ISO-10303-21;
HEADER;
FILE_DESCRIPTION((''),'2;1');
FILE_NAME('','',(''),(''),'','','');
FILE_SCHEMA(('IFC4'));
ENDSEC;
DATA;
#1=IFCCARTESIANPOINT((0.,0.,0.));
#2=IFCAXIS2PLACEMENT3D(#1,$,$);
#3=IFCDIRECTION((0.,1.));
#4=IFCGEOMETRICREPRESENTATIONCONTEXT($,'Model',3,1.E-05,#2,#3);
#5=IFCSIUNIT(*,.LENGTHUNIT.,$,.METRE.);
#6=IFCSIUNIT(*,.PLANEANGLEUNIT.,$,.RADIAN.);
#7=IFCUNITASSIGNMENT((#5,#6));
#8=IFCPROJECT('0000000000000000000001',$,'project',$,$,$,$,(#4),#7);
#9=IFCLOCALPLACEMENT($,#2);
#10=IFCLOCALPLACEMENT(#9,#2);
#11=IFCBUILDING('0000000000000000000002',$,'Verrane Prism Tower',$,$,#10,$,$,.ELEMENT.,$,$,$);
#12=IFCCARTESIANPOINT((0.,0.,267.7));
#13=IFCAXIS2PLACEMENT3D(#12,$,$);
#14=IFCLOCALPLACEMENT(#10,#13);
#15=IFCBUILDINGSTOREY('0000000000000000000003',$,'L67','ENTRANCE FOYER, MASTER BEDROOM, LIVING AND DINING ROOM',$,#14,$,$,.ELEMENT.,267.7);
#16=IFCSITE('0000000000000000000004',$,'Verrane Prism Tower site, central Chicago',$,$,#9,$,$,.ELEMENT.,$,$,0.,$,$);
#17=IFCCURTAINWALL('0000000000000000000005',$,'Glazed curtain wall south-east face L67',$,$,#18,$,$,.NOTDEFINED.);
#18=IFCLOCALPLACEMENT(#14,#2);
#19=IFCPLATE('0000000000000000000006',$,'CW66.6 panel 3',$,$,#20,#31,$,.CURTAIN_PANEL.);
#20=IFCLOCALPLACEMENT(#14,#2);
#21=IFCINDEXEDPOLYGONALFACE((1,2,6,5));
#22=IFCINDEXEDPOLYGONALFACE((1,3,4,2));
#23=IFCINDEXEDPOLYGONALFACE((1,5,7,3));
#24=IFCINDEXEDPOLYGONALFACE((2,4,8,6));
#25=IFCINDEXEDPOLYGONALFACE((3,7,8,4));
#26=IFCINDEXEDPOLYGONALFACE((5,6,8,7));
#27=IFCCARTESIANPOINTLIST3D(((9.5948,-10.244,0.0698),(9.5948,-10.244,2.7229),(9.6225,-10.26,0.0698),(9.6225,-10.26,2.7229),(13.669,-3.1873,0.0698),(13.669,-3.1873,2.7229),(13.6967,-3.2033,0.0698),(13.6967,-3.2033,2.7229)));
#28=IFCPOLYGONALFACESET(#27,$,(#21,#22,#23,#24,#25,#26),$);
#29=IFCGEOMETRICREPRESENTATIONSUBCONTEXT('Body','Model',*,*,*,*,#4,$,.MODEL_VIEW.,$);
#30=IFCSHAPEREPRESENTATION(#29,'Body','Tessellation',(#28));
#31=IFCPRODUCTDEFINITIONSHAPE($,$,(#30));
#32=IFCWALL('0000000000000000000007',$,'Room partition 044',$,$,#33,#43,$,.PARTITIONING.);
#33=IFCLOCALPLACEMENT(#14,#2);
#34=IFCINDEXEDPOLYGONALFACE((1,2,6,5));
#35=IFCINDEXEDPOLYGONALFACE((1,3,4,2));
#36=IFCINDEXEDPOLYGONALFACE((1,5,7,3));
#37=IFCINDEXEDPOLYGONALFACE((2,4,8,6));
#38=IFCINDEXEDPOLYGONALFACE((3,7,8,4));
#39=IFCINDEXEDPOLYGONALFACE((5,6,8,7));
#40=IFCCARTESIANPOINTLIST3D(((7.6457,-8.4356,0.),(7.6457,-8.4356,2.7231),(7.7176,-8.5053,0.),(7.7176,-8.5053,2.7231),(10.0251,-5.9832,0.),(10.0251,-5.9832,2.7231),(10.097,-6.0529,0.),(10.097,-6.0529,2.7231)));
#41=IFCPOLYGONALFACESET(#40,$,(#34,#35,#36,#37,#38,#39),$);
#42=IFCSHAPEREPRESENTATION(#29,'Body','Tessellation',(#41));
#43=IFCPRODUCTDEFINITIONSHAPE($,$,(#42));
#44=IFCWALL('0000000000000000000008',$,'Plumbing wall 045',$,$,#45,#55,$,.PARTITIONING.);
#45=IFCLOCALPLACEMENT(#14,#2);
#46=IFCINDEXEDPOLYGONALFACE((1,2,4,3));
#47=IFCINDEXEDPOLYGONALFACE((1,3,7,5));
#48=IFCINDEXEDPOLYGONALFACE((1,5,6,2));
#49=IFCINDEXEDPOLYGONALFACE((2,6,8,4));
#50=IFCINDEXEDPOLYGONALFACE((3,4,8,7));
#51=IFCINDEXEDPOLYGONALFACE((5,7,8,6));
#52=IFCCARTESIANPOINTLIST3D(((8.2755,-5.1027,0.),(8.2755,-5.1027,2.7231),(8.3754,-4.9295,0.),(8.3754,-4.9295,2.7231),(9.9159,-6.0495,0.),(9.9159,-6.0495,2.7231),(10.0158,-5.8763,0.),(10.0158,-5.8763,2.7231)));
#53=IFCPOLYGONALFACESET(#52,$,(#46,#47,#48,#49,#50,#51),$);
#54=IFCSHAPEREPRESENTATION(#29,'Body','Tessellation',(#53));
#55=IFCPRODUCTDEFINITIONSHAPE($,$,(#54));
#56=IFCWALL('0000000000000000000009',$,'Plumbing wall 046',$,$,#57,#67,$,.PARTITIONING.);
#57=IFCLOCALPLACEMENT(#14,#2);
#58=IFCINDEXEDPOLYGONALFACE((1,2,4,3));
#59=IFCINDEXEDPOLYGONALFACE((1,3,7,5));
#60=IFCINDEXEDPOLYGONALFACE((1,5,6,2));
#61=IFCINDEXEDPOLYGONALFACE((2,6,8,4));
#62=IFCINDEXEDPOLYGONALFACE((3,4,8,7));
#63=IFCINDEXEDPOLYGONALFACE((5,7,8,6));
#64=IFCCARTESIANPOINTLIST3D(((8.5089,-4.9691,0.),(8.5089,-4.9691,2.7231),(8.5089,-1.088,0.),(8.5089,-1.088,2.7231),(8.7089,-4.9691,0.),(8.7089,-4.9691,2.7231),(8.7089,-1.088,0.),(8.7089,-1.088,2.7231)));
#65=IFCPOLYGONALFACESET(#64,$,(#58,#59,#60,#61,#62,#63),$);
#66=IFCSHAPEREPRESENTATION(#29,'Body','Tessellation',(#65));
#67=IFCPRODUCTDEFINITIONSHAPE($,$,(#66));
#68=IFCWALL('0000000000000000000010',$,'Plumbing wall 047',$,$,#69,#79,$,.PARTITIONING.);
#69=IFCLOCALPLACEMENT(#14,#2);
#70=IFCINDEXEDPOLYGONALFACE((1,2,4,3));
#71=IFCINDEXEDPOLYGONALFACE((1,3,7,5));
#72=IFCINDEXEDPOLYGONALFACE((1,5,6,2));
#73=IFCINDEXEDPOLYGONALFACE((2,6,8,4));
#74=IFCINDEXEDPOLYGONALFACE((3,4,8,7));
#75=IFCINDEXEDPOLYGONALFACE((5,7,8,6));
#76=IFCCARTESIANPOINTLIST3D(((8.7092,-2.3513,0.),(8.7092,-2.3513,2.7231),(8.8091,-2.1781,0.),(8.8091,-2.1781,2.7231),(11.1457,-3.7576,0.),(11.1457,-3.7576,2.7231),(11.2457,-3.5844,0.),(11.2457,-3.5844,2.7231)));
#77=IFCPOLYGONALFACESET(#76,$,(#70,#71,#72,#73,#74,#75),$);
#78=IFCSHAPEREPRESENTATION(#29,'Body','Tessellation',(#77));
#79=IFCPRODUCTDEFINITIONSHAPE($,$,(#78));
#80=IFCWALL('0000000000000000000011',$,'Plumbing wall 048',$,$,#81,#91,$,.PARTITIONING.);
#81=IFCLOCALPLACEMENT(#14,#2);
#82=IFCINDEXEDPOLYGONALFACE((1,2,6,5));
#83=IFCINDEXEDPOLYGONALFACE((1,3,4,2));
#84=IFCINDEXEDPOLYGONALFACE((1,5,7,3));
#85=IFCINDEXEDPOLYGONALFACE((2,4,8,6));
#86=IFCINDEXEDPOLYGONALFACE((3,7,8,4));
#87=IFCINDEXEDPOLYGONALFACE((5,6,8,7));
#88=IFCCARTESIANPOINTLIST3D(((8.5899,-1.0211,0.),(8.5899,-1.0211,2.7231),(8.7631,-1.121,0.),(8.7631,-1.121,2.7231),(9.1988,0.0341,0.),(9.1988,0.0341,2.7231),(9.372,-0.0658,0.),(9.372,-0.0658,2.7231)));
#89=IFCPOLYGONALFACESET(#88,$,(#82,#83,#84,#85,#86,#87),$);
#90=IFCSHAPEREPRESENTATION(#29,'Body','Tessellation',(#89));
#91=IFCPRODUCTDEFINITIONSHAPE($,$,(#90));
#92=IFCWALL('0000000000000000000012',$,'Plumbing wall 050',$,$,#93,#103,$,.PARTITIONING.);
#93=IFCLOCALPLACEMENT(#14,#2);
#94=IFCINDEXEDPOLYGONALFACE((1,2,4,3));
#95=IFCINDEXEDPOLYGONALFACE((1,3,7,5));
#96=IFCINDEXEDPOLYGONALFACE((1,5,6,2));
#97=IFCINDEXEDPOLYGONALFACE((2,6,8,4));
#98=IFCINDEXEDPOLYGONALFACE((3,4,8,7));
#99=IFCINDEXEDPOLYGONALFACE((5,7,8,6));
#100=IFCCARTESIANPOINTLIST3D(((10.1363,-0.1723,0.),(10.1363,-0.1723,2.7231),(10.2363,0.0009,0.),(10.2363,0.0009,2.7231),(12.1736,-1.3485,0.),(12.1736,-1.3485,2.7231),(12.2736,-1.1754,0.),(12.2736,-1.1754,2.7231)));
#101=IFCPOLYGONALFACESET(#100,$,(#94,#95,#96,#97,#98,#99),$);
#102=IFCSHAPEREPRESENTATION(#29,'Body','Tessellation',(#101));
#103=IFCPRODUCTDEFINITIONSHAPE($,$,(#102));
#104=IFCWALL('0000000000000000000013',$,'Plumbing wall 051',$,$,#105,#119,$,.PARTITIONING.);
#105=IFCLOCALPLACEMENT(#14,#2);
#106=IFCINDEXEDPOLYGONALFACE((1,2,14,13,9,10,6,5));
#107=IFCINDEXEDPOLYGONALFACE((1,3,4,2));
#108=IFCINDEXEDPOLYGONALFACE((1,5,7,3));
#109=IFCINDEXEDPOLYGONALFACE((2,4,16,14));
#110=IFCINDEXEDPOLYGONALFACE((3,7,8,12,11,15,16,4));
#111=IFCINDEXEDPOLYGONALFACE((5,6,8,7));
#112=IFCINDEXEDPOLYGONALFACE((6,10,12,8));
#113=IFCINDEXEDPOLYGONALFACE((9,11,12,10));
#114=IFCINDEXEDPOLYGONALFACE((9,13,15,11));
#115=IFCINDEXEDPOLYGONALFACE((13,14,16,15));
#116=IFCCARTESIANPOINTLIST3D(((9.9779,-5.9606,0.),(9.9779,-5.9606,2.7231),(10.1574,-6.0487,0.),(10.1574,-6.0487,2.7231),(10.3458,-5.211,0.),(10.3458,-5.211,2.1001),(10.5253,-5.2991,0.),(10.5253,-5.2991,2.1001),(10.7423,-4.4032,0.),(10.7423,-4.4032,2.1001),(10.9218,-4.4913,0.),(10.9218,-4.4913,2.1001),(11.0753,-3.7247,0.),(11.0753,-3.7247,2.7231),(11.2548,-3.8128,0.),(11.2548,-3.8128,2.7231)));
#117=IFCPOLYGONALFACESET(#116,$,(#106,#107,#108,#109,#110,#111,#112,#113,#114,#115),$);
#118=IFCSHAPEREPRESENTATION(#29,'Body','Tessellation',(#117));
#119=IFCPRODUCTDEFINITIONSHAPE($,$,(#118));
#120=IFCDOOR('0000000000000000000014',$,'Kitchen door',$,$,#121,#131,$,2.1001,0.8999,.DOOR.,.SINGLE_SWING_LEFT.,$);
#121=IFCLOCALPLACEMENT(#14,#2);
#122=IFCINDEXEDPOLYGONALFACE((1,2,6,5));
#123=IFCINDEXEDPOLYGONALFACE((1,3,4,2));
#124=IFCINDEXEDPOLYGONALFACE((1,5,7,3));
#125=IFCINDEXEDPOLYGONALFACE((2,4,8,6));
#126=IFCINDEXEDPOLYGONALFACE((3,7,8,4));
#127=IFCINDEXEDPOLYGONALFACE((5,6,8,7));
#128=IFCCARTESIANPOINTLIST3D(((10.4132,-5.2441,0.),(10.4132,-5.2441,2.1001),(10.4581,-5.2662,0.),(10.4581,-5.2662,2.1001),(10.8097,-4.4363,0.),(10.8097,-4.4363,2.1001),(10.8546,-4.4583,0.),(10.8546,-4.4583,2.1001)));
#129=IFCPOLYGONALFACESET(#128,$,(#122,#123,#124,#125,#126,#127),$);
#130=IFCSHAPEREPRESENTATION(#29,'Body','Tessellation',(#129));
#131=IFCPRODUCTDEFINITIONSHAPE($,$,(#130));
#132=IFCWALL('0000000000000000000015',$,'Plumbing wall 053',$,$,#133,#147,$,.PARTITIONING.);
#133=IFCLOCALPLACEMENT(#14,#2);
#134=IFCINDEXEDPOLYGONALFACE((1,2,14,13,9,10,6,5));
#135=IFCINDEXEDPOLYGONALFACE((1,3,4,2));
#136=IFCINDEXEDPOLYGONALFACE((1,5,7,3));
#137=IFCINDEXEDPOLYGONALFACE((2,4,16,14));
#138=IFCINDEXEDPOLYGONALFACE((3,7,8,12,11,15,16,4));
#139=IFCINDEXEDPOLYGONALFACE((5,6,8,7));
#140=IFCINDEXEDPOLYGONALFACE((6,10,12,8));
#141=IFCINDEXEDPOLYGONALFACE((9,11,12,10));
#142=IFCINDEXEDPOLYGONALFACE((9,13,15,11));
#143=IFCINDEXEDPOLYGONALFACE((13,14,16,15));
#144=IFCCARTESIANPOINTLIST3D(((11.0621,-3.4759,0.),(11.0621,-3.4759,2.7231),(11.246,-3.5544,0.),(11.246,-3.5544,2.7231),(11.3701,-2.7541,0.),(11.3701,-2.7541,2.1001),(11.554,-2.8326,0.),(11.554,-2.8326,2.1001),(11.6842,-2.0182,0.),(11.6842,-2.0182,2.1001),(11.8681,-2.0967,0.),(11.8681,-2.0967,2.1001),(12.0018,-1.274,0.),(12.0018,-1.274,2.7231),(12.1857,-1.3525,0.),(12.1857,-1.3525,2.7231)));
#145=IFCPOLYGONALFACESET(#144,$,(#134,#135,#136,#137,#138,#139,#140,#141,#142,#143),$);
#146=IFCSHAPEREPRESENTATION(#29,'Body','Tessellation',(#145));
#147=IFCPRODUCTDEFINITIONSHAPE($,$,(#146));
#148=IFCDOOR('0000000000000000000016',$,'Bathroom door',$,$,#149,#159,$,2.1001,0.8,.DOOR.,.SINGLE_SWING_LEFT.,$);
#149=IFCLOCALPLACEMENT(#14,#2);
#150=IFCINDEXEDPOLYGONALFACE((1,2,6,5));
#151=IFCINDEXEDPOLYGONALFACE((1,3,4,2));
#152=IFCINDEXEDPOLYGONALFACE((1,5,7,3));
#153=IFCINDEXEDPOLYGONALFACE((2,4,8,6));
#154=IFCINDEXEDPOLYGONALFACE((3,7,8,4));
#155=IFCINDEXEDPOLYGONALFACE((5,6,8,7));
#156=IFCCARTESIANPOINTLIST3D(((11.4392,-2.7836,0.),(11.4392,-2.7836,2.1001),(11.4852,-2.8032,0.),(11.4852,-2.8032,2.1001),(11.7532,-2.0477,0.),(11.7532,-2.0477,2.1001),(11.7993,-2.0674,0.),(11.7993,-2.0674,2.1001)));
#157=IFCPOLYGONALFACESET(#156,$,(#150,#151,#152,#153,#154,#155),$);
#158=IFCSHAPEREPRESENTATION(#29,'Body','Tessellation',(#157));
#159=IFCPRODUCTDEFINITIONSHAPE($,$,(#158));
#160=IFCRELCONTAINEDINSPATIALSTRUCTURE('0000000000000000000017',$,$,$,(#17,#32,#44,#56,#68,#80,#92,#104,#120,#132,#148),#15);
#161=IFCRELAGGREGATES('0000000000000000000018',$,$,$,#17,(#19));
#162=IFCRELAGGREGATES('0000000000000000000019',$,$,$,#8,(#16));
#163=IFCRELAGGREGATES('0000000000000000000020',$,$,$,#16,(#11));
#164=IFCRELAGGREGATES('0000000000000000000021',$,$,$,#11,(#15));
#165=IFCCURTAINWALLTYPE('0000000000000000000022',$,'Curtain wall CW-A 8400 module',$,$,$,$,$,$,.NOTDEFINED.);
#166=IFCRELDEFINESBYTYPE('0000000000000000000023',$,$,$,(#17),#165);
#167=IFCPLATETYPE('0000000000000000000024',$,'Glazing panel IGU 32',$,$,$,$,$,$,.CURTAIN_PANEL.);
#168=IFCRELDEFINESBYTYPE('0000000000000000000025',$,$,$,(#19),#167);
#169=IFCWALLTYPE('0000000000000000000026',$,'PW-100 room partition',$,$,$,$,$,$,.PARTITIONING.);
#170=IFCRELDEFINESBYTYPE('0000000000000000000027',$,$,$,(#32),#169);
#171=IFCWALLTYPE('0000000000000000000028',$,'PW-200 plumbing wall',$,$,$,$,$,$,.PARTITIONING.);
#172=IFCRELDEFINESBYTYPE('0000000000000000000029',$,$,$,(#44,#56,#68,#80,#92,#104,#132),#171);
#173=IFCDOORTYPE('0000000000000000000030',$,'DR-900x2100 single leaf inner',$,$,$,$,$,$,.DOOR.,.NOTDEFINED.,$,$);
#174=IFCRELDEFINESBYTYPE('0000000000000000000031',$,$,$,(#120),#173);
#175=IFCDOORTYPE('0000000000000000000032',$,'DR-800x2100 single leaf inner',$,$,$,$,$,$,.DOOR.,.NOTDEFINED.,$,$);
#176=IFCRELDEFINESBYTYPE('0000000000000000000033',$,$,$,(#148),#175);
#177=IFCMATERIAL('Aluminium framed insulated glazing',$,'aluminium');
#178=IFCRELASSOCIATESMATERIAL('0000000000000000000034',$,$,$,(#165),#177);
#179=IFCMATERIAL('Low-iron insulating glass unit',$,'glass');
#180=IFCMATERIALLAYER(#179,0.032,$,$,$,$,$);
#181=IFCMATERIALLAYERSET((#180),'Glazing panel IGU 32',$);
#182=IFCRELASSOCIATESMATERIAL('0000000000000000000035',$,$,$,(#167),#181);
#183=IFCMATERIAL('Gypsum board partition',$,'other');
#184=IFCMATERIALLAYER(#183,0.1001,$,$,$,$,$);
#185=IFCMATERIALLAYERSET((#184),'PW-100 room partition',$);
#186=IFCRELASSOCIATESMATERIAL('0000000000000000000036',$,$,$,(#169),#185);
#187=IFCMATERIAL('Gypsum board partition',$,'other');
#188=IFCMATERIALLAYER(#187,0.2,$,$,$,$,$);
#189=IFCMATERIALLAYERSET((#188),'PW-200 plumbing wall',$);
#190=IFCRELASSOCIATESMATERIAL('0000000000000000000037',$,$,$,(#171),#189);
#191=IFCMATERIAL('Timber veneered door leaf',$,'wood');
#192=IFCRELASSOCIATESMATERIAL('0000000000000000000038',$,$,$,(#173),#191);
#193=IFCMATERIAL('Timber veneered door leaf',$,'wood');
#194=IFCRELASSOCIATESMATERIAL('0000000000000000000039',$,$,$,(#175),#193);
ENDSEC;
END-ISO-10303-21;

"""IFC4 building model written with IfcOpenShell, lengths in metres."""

from ifc_helpers import new_model, si_unit, direction, frame, frame_2d, origin, origin_2d, place, context, subcontext, project, spatial, rectangle, extrude, material, layer, layer_set, type_object, element, fill, aggregate, save


model = new_model("IFC4")

# Units and contexts
model_context = context("Model", 3, precision=1e-05, world=origin(), true_north=direction((0.0, 1.0)))
body_context = subcontext(model_context, "Body", "Model", "MODEL_VIEW")
ifc_project = project(units=[si_unit("LENGTHUNIT", "METRE"), si_unit("PLANEANGLEUNIT", "RADIAN")], contexts=[model_context])

# Site, building, storey
site_placement = place(None, origin())
site = spatial("IfcSite", under=ifc_project, at=site_placement, Name="Verrane Prism Tower site, central Chicago", CompositionType="ELEMENT", RefElevation=0.0)
building_placement = place(site_placement, origin())
building = spatial("IfcBuilding", under=site, at=building_placement, Name="Verrane Prism Tower", CompositionType="ELEMENT")
storey_placement = place(building_placement, frame((0.0, 0.0, 267.7)))
storey = spatial("IfcBuildingStorey", under=building, at=storey_placement, Name="L67", Description="ENTRANCE FOYER, MASTER BEDROOM, LIVING AND DINING ROOM", CompositionType="ELEMENT", Elevation=267.7)

# Curtain wall
ifc_material_1 = material(Name="Aluminium framed insulated glazing", Category="aluminium")
curtain_wall_type = type_object("IfcCurtainWallType", Name="Curtain wall CW-A 8400 module", PredefinedType="NOTDEFINED", material=ifc_material_1)
curtain_wall_placement = place(storey_placement, origin())
curtain_wall = element("IfcCurtainWall", 1, at=curtain_wall_placement, inside=storey, type_object=curtain_wall_type, Name="Glazed curtain wall south-east face L67", PredefinedType="NOTDEFINED")

# Plate
ifc_material_2 = material(Name="Low-iron insulating glass unit", Category="glass")
ifc_layer_1 = layer(ifc_material_2, 0.032)
ifc_layer_set_1 = layer_set([ifc_layer_1], Name="Glazing panel IGU 32")
plate_type = type_object("IfcPlateType", Name="Glazing panel IGU 32", PredefinedType="CURTAIN_PANEL", material=ifc_layer_set_1)
plate_placement = place(storey_placement, frame((11.6458, -6.7236, 0.0698), z_axis=(0.0, 0.0, 1.0), x_axis=(0.500001, 0.866025, 0.0)))
plate = element("IfcPlate", 2, at=plate_placement, type_object=plate_type, Name="CW66.6 panel 3", PredefinedType="CURTAIN_PANEL", context=body_context, shape_type="SweptSolid", body=[
    extrude(rectangle(XDim=8.1484, YDim=0.032, at=origin_2d()), origin(), (0.0, 0.0, 1.0), 2.6531),
])
aggregate(curtain_wall, [plate])

# Walls
ifc_material_3 = material(Name="Gypsum board partition", Category="other")
ifc_layer_2 = layer(ifc_material_3, 0.1001)
ifc_layer_set_2 = layer_set([ifc_layer_2], Name="PW-100 room partition")
wall_type_1 = type_object("IfcWallType", Name="PW-100 room partition", PredefinedType="PARTITIONING", material=ifc_layer_set_2)
wall_1_placement = place(storey_placement, frame((7.6816, -8.4705, 0.0), z_axis=(0.0, 0.0, 1.0), x_axis=(0.696344, 0.717708, 0.0)))
element("IfcWall", 3, at=wall_1_placement, inside=storey, type_object=wall_type_1, Name="Room partition 044", PredefinedType="PARTITIONING", context=body_context, shape_type="SweptSolid", body=[
    extrude(rectangle(XDim=3.417, YDim=0.1001, at=frame_2d((1.7085, 0.0))), origin(), (0.0, 0.0, 1.0), 2.7231),
])
ifc_material_4 = material(Name="Gypsum board partition", Category="other")
ifc_layer_3 = layer(ifc_material_4, 0.2)
ifc_layer_set_3 = layer_set([ifc_layer_3], Name="PW-200 plumbing wall")
wall_type_2 = type_object("IfcWallType", Name="PW-200 plumbing wall", PredefinedType="PARTITIONING", material=ifc_layer_set_3)
wall_2_placement = place(storey_placement, frame((8.3254, -5.0161, 0.0), z_axis=(0.0, 0.0, 1.0), x_axis=(0.866093, -0.499882, 0.0)))
element("IfcWall", 4, at=wall_2_placement, inside=storey, type_object=wall_type_2, Name="Plumbing wall 045", PredefinedType="PARTITIONING", context=body_context, shape_type="SweptSolid", body=[
    extrude(rectangle(XDim=1.894, YDim=0.2, at=frame_2d((0.947, 0.0))), origin(), (0.0, 0.0, 1.0), 2.7231),
])
wall_3_placement = place(storey_placement, frame((8.6089, -4.969, 0.0), z_axis=(0.0, 0.0, 1.0), x_axis=(0.0, 1.0, 0.0)))
element("IfcWall", 5, at=wall_3_placement, inside=storey, type_object=wall_type_2, Name="Plumbing wall 046", PredefinedType="PARTITIONING", context=body_context, shape_type="SweptSolid", body=[
    extrude(rectangle(XDim=3.8811, YDim=0.2, at=frame_2d((1.9404, 0.0))), origin(), (0.0, 0.0, 1.0), 2.7231),
])
wall_4_placement = place(storey_placement, frame((8.759, -2.2646, 0.0), z_axis=(0.0, 0.0, 1.0), x_axis=(0.866099, -0.499873, 0.0)))
element("IfcWall", 6, at=wall_4_placement, inside=storey, type_object=wall_type_2, Name="Plumbing wall 047", PredefinedType="PARTITIONING", context=body_context, shape_type="SweptSolid", body=[
    extrude(rectangle(XDim=2.8132, YDim=0.2, at=frame_2d((1.4067, 0.0))), origin(), (0.0, 0.0, 1.0), 2.7231),
])
wall_5_placement = place(storey_placement, frame((8.6765, -1.071, 0.0), z_axis=(0.0, 0.0, 1.0), x_axis=(0.499803, 0.866139, 0.0)))
element("IfcWall", 7, at=wall_5_placement, inside=storey, type_object=wall_type_2, Name="Plumbing wall 048", PredefinedType="PARTITIONING", context=body_context, shape_type="SweptSolid", body=[
    extrude(rectangle(XDim=1.2183, YDim=0.2, at=frame_2d((0.6091, 0.0))), origin(), (0.0, 0.0, 1.0), 2.7231),
])
wall_6_placement = place(storey_placement, frame((10.1863, -0.0857, 0.0), z_axis=(0.0, 0.0, 1.0), x_axis=(0.866025, -0.500001, 0.0)))
element("IfcWall", 8, at=wall_6_placement, inside=storey, type_object=wall_type_2, Name="Plumbing wall 050", PredefinedType="PARTITIONING", context=body_context, shape_type="SweptSolid", body=[
    extrude(rectangle(XDim=2.3525, YDim=0.2, at=frame_2d((1.1763, 0.0))), origin(), (0.0, 0.0, 1.0), 2.7231),
])

# Walls, openings, doors
wall_7_placement = place(storey_placement, frame((10.0676, -6.0046, 0.0), z_axis=(0.0, 0.0, 1.0), x_axis=(0.440614, 0.897697, 0.0)))
wall_7 = element("IfcWall", 9, at=wall_7_placement, inside=storey, type_object=wall_type_2, Name="Plumbing wall 051", PredefinedType="PARTITIONING", context=body_context, shape_type="SweptSolid", body=[
    extrude(rectangle(XDim=2.4907, YDim=0.2, at=frame_2d((1.2454, 0.0))), origin(), (0.0, 0.0, 1.0), 2.7231),
])
opening_1_placement = place(wall_7_placement, frame((0.835, 0.0, 0.0)))
opening_1 = element("IfcOpeningElement", 10, at=opening_1_placement, cuts=wall_7, PredefinedType="OPENING", context=body_context, shape_type="SweptSolid", body=[
    extrude(rectangle(XDim=0.8999, YDim=2.1001, at=frame_2d((0.45, 1.05))), frame((0.0, 0.1099, 0.0), z_axis=(0.0, -1.0, 0.0), x_axis=(1.0, 0.0, 0.0)), (0.0, 0.0, 1.0), 0.22),
])
ifc_material_5 = material(Name="Timber veneered door leaf", Category="wood")
door_type_1 = type_object("IfcDoorType", Name="DR-900x2100 single leaf inner", OperationType="NOTDEFINED", PredefinedType="DOOR", material=ifc_material_5)
door_1_placement = place(opening_1_placement, origin())
door_1 = element("IfcDoor", 11, at=door_1_placement, inside=storey, type_object=door_type_1, Name="Kitchen door", OperationType="SINGLE_SWING_LEFT", OverallHeight=2.1001, OverallWidth=0.8999, PredefinedType="DOOR", context=body_context, shape_type="SweptSolid", body=[
    extrude(rectangle(XDim=0.8999, YDim=2.1001, at=frame_2d((0.45, 1.05))), frame((0.0, 0.0249, 0.0), z_axis=(0.0, -1.0, 0.0), x_axis=(1.0, 0.0, 0.0)), (0.0, 0.0, 1.0), 0.05),
])
fill(opening_1, door_1)
wall_8_placement = place(storey_placement, frame((11.1541, -3.5151, 0.0), z_axis=(0.0, 0.0, 1.0), x_axis=(0.392516, 0.919745, 0.0)))
wall_8 = element("IfcWall", 12, at=wall_8_placement, inside=storey, type_object=wall_type_2, Name="Plumbing wall 053", PredefinedType="PARTITIONING", context=body_context, shape_type="SweptSolid", body=[
    extrude(rectangle(XDim=2.394, YDim=0.2, at=frame_2d((1.197, 0.0))), origin(), (0.0, 0.0, 1.0), 2.7231),
])
opening_2_placement = place(wall_8_placement, frame((0.7849, 0.0, 0.0)))
opening_2 = element("IfcOpeningElement", 13, at=opening_2_placement, cuts=wall_8, PredefinedType="OPENING", context=body_context, shape_type="SweptSolid", body=[
    extrude(rectangle(XDim=0.8, YDim=2.1001, at=frame_2d((0.3999, 1.05))), frame((0.0, 0.1099, 0.0), z_axis=(0.0, -1.0, 0.0), x_axis=(1.0, 0.0, 0.0)), (0.0, 0.0, 1.0), 0.22),
])
ifc_material_6 = material(Name="Timber veneered door leaf", Category="wood")
door_type_2 = type_object("IfcDoorType", Name="DR-800x2100 single leaf inner", OperationType="NOTDEFINED", PredefinedType="DOOR", material=ifc_material_6)
door_2_placement = place(opening_2_placement, origin())
door_2 = element("IfcDoor", 14, at=door_2_placement, inside=storey, type_object=door_type_2, Name="Bathroom door", OperationType="SINGLE_SWING_LEFT", OverallHeight=2.1001, OverallWidth=0.8, PredefinedType="DOOR", context=body_context, shape_type="SweptSolid", body=[
    extrude(rectangle(XDim=0.8, YDim=2.1001, at=frame_2d((0.3999, 1.05))), frame((0.0, 0.0249, 0.0), z_axis=(0.0, -1.0, 0.0), x_axis=(1.0, 0.0, 0.0)), (0.0, 0.0, 1.0), 0.05),
])
fill(opening_2, door_2)

save(model, "model.ifc")
